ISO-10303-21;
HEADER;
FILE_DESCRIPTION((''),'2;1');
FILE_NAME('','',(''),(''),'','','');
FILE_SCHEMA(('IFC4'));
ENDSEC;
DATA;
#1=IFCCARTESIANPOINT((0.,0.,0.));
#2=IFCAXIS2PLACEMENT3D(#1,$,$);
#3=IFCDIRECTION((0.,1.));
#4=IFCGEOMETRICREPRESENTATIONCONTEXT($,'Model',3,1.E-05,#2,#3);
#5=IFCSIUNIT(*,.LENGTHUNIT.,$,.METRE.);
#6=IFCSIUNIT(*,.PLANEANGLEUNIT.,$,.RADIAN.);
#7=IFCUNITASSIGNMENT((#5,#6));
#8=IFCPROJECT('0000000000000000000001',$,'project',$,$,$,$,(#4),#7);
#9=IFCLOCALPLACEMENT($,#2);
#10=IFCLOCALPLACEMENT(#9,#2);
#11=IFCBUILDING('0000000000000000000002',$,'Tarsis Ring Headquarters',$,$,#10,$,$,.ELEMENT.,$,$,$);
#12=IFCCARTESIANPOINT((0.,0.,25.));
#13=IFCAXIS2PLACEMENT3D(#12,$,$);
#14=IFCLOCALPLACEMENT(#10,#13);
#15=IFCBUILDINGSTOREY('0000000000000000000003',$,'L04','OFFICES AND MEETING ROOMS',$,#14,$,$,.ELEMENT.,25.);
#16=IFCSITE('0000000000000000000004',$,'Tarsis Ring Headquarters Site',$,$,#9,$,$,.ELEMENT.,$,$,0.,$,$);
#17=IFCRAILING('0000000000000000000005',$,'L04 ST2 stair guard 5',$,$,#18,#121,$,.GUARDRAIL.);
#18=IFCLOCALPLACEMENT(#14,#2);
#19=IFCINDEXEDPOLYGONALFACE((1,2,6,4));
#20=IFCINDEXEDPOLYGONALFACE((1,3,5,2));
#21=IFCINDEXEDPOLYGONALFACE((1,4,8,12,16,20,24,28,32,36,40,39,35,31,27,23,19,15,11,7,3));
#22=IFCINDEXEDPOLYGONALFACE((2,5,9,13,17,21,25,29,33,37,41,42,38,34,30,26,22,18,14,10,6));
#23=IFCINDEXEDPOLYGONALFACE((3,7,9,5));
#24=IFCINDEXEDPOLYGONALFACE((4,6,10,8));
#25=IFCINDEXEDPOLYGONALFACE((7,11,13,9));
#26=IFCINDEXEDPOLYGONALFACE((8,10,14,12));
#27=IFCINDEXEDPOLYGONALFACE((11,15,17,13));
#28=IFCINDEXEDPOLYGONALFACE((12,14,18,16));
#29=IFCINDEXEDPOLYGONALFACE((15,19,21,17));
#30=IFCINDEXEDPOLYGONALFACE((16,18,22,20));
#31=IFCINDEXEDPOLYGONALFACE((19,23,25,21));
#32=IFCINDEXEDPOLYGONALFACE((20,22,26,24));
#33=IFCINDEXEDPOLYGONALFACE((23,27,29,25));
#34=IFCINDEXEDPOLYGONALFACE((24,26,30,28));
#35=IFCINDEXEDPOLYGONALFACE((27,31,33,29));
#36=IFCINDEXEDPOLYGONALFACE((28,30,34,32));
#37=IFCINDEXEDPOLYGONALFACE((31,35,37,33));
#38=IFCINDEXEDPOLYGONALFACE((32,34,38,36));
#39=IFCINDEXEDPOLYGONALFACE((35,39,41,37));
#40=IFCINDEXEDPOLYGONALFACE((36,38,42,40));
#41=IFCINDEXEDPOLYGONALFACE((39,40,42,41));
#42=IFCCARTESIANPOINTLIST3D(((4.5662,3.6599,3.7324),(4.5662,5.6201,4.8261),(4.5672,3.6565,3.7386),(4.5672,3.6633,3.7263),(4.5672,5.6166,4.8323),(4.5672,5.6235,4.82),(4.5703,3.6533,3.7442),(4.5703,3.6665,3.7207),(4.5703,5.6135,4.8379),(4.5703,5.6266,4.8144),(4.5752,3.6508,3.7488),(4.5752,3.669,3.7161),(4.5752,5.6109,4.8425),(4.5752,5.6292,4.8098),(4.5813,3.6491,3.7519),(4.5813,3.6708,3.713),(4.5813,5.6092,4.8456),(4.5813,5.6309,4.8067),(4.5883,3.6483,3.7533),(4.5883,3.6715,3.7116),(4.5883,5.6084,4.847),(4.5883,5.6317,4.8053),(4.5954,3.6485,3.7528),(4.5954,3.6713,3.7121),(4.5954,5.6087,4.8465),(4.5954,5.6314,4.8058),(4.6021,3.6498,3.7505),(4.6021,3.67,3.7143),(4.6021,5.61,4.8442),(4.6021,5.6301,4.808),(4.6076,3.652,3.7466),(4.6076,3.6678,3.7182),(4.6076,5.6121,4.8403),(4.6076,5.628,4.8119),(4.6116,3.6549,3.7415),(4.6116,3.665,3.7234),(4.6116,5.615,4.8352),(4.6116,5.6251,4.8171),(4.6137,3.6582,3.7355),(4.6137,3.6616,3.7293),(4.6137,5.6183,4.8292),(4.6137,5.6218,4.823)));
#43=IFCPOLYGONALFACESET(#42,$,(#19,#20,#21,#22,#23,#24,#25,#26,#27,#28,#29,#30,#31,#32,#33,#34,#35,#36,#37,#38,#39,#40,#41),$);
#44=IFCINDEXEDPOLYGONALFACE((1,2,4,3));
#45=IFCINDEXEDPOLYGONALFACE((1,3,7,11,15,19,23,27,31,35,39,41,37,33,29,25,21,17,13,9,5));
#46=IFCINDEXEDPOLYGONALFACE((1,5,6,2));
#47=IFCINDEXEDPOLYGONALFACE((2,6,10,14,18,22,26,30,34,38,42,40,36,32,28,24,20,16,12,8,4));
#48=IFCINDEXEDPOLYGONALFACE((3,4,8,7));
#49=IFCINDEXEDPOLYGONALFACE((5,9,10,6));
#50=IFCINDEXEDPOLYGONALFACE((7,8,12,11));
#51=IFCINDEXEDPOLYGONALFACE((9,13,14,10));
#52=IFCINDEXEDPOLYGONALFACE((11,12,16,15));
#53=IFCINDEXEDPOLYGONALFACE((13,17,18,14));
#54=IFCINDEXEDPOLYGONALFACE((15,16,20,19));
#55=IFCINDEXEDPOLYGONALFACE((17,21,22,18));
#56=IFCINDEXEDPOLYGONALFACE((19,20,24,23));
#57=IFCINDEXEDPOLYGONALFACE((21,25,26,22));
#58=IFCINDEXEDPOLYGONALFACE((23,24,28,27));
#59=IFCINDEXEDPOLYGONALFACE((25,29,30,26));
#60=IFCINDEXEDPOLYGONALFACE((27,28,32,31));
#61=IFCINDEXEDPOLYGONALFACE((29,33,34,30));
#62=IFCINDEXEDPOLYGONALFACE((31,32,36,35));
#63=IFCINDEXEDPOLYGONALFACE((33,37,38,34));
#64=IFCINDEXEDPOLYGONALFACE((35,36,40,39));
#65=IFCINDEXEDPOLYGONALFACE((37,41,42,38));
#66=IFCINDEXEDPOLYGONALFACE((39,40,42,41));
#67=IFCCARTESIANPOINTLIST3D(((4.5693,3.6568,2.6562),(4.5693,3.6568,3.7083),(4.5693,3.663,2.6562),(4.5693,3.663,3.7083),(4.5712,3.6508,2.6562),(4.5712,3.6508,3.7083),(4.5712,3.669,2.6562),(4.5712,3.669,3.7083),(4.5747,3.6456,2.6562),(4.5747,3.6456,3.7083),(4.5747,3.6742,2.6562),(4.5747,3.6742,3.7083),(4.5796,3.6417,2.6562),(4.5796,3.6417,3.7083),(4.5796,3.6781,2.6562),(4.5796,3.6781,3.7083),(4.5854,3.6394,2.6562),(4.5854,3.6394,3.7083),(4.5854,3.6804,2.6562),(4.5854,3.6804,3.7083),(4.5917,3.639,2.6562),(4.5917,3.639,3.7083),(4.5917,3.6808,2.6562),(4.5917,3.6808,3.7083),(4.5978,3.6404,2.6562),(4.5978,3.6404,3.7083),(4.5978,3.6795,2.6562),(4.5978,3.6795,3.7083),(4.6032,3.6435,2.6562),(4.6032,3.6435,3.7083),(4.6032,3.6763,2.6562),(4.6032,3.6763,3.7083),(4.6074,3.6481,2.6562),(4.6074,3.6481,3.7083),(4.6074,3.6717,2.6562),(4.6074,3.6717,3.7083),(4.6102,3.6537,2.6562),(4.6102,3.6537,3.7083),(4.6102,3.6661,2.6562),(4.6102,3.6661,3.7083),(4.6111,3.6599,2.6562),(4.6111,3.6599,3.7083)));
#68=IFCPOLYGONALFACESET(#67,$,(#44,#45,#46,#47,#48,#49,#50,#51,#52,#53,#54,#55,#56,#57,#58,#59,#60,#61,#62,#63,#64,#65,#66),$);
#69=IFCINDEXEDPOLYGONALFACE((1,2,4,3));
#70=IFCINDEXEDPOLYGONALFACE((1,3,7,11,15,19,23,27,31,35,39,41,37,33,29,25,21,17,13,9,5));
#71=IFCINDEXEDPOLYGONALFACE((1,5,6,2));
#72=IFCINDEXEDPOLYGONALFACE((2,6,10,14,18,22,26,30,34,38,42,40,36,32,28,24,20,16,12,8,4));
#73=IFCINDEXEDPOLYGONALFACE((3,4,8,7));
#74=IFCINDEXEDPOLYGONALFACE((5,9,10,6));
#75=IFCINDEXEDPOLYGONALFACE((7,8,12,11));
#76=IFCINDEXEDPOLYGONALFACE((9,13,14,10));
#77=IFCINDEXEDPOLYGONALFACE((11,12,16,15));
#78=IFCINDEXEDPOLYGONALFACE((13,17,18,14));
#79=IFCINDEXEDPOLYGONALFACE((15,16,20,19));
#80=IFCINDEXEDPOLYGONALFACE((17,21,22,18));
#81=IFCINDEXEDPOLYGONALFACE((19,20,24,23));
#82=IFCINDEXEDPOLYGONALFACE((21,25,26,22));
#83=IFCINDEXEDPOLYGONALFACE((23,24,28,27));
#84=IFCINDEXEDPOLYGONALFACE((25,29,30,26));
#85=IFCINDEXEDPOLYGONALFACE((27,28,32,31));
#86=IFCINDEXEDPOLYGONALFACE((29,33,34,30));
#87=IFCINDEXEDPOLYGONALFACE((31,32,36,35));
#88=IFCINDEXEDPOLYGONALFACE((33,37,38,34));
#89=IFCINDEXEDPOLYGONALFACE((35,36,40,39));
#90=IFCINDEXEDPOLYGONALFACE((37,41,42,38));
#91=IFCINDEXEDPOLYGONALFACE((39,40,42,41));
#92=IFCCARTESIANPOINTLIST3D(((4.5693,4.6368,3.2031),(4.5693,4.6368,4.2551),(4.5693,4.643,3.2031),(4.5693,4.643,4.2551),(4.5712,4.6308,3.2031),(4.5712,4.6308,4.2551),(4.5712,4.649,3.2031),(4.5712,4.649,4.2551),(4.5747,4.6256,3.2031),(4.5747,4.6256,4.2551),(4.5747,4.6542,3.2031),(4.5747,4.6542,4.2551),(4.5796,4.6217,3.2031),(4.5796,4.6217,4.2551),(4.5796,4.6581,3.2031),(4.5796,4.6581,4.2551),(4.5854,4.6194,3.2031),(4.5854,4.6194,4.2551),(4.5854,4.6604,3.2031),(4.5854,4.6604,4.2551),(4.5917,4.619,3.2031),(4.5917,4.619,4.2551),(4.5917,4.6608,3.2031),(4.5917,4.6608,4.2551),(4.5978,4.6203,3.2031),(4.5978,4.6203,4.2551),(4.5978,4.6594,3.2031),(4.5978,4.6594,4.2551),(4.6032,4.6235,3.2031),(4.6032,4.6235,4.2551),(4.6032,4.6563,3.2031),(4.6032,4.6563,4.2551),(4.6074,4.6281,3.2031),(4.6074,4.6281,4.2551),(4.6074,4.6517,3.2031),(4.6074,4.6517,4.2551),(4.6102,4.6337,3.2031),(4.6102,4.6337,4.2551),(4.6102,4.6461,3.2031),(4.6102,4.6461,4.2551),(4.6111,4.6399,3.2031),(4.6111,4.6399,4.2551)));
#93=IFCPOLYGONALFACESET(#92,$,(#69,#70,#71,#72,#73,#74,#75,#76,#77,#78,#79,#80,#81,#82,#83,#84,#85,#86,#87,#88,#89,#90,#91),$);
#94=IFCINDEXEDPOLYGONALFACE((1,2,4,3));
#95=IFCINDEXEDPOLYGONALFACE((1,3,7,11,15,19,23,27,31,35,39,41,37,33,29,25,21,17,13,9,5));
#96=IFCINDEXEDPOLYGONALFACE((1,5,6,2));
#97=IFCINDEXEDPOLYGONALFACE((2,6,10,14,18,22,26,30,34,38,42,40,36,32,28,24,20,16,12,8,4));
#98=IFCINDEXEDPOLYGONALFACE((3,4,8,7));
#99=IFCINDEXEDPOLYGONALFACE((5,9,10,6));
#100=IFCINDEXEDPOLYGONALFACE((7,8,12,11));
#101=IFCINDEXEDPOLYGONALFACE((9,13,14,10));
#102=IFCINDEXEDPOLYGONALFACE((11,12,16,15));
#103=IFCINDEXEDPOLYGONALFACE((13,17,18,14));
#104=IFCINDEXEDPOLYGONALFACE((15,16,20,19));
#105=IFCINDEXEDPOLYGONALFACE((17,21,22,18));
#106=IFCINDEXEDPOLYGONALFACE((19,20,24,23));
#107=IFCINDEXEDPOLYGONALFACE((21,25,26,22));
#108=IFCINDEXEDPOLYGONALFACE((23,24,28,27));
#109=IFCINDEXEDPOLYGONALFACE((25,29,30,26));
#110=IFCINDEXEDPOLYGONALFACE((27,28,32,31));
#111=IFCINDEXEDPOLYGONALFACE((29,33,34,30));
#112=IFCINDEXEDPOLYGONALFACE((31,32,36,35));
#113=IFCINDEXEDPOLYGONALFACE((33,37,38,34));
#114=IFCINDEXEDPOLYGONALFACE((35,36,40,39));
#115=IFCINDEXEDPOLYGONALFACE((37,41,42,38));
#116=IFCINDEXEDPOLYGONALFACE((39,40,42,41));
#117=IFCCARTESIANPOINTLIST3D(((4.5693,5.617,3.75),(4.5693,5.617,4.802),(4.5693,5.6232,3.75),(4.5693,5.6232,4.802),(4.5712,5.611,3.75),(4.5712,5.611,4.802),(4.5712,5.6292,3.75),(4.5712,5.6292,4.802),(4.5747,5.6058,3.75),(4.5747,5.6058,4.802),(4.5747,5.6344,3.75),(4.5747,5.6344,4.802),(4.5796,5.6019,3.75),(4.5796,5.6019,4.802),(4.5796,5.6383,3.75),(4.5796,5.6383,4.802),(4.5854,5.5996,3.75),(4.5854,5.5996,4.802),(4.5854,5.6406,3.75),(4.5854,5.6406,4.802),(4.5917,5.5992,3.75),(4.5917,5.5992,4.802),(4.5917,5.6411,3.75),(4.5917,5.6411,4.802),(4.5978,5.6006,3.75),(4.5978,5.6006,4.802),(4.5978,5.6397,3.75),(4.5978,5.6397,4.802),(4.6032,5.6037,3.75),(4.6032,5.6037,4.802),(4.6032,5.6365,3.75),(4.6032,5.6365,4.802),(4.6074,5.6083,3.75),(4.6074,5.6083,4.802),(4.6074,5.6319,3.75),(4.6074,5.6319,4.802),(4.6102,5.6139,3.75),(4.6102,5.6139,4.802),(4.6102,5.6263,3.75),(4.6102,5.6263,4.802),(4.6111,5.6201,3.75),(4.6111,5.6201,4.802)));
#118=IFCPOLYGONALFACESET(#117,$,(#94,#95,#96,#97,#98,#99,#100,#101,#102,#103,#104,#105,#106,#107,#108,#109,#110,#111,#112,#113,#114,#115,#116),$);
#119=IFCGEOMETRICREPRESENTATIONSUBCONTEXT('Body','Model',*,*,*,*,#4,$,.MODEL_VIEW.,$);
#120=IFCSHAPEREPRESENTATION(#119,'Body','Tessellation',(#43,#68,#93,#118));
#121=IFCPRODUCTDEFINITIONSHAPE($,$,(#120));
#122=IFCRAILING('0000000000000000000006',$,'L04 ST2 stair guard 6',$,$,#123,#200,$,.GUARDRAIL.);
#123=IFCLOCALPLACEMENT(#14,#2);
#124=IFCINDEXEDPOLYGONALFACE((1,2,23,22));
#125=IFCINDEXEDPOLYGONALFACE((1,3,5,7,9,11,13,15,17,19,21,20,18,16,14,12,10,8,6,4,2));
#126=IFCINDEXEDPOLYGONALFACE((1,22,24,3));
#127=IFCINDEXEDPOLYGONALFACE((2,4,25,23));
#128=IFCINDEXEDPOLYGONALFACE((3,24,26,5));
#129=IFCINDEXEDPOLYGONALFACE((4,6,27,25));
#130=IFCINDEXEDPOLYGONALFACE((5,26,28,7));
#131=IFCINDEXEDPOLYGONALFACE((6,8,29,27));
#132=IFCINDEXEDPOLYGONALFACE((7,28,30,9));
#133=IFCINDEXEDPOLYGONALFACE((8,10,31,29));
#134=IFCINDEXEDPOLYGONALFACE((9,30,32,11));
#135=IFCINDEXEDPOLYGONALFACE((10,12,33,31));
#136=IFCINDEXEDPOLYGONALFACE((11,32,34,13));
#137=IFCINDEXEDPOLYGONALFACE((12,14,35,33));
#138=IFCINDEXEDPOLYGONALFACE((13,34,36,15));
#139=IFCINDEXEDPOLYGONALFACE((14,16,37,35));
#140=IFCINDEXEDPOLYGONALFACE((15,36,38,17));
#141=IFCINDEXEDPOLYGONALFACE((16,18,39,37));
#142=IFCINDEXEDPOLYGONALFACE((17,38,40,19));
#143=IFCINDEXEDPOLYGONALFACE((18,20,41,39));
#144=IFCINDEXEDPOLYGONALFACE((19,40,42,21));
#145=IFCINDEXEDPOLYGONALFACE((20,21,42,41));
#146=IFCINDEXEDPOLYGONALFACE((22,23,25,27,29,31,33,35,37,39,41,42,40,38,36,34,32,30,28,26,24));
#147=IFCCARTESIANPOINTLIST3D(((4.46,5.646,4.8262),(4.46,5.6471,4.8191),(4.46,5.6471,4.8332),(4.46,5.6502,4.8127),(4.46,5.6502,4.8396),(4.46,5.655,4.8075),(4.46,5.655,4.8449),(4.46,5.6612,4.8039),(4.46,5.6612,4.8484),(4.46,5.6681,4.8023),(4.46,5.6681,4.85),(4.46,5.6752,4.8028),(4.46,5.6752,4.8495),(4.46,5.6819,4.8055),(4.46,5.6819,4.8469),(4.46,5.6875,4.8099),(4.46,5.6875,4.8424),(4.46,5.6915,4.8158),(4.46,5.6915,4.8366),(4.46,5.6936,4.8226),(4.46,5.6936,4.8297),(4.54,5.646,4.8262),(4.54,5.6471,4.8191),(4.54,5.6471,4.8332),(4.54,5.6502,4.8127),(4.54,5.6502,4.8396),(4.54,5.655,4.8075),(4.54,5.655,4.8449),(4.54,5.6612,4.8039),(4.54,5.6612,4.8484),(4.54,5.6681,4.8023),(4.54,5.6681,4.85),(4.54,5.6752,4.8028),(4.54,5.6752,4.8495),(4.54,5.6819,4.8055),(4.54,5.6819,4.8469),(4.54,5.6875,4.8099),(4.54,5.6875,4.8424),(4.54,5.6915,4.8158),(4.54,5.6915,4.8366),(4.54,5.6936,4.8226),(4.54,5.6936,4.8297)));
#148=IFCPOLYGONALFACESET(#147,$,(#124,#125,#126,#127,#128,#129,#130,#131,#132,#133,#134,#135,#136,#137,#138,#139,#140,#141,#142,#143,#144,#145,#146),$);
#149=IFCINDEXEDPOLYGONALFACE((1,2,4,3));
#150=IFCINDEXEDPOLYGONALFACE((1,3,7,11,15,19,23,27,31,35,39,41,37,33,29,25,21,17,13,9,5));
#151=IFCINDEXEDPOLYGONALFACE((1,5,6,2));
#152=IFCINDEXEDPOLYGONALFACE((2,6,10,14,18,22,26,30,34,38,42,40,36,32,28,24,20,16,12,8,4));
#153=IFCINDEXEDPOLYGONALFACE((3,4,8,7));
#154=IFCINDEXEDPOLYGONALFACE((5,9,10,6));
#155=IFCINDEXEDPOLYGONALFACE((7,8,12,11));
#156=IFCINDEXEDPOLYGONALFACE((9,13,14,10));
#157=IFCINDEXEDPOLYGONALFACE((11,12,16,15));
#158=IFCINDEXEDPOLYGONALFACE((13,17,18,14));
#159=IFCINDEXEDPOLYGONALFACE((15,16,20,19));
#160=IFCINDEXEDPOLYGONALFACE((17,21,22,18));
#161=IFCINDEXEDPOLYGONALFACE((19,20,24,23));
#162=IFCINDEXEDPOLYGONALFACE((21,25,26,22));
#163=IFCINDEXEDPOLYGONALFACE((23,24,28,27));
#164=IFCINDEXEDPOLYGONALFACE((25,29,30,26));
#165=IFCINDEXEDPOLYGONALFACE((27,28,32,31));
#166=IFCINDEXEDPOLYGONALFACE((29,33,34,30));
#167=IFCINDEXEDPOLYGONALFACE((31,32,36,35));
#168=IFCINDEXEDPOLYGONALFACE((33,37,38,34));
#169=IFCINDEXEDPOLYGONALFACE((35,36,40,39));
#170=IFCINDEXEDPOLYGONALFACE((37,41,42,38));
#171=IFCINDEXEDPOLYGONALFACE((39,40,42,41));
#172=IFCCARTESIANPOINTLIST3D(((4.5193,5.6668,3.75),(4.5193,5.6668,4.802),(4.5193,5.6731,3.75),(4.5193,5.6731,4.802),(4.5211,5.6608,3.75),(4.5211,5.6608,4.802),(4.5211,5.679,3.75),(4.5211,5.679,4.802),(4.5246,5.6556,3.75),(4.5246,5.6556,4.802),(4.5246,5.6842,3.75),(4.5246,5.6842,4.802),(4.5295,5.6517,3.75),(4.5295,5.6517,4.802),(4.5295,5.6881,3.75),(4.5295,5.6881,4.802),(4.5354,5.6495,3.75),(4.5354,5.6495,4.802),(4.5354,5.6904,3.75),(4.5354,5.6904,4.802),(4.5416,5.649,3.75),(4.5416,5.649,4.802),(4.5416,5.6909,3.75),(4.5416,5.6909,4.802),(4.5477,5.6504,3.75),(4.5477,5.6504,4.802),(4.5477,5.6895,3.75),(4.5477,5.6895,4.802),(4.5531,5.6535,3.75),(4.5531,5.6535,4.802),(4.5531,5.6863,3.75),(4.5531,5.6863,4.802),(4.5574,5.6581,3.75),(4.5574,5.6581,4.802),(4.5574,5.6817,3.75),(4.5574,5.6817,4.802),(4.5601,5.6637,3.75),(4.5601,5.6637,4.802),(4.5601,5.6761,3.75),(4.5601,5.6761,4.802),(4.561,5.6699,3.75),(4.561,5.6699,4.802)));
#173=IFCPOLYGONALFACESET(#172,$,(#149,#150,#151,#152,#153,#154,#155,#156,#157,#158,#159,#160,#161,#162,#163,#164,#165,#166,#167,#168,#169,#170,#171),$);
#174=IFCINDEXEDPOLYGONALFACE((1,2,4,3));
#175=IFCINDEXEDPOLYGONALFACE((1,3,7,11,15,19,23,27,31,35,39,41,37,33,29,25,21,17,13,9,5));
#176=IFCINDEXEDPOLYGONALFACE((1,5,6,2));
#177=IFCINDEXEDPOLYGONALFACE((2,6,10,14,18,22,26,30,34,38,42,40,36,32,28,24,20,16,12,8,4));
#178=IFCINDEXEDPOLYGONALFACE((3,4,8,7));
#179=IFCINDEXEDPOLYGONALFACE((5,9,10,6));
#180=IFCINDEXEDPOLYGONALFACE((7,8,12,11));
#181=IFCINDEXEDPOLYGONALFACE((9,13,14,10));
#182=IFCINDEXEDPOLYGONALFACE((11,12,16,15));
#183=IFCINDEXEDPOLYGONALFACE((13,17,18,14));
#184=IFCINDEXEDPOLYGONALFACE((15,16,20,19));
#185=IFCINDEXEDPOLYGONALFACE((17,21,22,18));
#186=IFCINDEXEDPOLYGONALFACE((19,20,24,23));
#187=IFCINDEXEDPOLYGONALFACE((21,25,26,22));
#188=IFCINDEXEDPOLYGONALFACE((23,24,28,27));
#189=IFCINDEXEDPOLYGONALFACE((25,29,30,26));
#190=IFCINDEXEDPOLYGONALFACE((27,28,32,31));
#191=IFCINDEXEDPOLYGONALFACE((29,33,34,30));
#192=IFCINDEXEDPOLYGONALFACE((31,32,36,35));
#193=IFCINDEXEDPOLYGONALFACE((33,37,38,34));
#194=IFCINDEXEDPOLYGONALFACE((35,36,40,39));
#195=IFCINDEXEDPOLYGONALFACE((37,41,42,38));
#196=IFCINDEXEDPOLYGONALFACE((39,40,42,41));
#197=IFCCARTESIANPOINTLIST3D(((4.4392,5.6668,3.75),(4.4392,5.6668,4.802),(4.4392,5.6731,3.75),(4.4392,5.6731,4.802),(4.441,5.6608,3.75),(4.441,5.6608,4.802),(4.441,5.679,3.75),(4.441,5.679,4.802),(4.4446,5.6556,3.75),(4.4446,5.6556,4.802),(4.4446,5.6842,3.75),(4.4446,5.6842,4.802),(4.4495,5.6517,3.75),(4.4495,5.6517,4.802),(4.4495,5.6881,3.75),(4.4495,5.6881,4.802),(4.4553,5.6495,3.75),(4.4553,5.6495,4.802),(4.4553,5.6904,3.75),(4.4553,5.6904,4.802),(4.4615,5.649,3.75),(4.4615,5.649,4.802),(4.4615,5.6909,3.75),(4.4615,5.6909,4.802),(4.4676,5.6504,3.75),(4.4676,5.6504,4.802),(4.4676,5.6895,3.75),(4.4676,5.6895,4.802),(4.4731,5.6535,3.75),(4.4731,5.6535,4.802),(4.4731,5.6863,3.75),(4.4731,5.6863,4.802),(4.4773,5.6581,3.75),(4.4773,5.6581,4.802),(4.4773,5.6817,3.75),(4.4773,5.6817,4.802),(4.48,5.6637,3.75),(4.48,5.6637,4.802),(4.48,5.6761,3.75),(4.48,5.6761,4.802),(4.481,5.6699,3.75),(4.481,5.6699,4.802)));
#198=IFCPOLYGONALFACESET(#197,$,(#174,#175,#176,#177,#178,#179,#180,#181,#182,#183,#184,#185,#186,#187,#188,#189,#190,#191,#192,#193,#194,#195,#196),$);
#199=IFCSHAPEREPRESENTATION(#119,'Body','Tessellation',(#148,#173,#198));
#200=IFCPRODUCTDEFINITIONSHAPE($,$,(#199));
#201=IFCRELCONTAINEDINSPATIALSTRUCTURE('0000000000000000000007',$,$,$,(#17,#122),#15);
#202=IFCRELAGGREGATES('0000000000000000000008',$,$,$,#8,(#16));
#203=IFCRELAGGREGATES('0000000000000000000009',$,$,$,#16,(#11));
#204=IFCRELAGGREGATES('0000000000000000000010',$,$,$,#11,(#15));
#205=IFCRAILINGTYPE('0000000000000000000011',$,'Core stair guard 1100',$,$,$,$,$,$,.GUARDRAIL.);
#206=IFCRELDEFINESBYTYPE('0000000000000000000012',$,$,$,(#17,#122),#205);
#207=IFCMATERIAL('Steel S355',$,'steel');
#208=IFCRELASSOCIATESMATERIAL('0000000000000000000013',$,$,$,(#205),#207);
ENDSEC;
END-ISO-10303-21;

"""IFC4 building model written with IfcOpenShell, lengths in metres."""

from ifc_helpers import new_model, si_unit, direction, frame, origin, origin_2d, place, context, subcontext, project, spatial, circle, extrude, material, type_object, element, save


model = new_model("IFC4")

# Units and contexts
model_context = context("Model", 3, precision=1e-05, world=origin(), true_north=direction((0.0, 1.0)))
body_context = subcontext(model_context, "Body", "Model", "MODEL_VIEW")
ifc_project = project(units=[si_unit("LENGTHUNIT", "METRE"), si_unit("PLANEANGLEUNIT", "RADIAN")], contexts=[model_context])

# Site, building, storey
site_placement = place(None, origin())
site = spatial("IfcSite", under=ifc_project, at=site_placement, Name="Tarsis Ring Headquarters Site", CompositionType="ELEMENT", RefElevation=0.0)
building_placement = place(site_placement, origin())
building = spatial("IfcBuilding", under=site, at=building_placement, Name="Tarsis Ring Headquarters", CompositionType="ELEMENT")
storey_placement = place(building_placement, frame((0.0, 0.0, 25.0)))
storey = spatial("IfcBuildingStorey", under=building, at=storey_placement, Name="L04", Description="OFFICES AND MEETING ROOMS", CompositionType="ELEMENT", Elevation=25.0)

# Railings
ifc_material_1 = material(Name="Steel S355", Category="steel")
railing_type_1 = type_object("IfcRailingType", Name="Core stair guard 1100", PredefinedType="GUARDRAIL", material=ifc_material_1)
railing_1_placement = place(storey_placement, frame((4.5901, 3.6599, 2.6562)))
element("IfcRailing", 1, at=railing_1_placement, inside=storey, type_object=railing_type_1, Name="L04 ST2 stair guard 5", PredefinedType="GUARDRAIL", context=body_context, shape_type="SweptSolid", body=[
    extrude(circle(Radius=0.0239, at=origin_2d()), frame((0.0, 0.0, 1.0762), z_axis=(0.0, 0.873258, 0.487258), x_axis=(-1.0, 0.0, 0.0)), (0.0, 0.0, 1.0), 2.2446),
    extrude(circle(Radius=0.021, at=origin_2d()), origin(), (0.0, 0.0, 1.0), 1.052),
    extrude(circle(Radius=0.021, at=origin_2d()), frame((0.0, 0.98, 0.5469)), (0.0, 0.0, 1.0), 1.052),
    extrude(circle(Radius=0.021, at=origin_2d()), frame((0.0, 1.9602, 1.0938)), (0.0, 0.0, 1.0), 1.052),
])
railing_2_placement = place(storey_placement, frame((4.54, 5.6699, 3.75)))
element("IfcRailing", 2, at=railing_2_placement, inside=storey, type_object=railing_type_1, Name="L04 ST2 stair guard 6", PredefinedType="GUARDRAIL", context=body_context, shape_type="SweptSolid", body=[
    extrude(circle(Radius=0.0239, at=origin_2d()), frame((0.0, 0.0, 1.0762), z_axis=(-1.0, 0.0, 0.0), x_axis=(0.0, -1.0, 0.0)), (0.0, 0.0, 1.0), 0.0801),
    extrude(circle(Radius=0.021, at=origin_2d()), origin(), (0.0, 0.0, 1.0), 1.052),
    extrude(circle(Radius=0.021, at=origin_2d()), frame((-0.0801, 0.0, 0.0)), (0.0, 0.0, 1.0), 1.052),
])

save(model, "model.ifc")
